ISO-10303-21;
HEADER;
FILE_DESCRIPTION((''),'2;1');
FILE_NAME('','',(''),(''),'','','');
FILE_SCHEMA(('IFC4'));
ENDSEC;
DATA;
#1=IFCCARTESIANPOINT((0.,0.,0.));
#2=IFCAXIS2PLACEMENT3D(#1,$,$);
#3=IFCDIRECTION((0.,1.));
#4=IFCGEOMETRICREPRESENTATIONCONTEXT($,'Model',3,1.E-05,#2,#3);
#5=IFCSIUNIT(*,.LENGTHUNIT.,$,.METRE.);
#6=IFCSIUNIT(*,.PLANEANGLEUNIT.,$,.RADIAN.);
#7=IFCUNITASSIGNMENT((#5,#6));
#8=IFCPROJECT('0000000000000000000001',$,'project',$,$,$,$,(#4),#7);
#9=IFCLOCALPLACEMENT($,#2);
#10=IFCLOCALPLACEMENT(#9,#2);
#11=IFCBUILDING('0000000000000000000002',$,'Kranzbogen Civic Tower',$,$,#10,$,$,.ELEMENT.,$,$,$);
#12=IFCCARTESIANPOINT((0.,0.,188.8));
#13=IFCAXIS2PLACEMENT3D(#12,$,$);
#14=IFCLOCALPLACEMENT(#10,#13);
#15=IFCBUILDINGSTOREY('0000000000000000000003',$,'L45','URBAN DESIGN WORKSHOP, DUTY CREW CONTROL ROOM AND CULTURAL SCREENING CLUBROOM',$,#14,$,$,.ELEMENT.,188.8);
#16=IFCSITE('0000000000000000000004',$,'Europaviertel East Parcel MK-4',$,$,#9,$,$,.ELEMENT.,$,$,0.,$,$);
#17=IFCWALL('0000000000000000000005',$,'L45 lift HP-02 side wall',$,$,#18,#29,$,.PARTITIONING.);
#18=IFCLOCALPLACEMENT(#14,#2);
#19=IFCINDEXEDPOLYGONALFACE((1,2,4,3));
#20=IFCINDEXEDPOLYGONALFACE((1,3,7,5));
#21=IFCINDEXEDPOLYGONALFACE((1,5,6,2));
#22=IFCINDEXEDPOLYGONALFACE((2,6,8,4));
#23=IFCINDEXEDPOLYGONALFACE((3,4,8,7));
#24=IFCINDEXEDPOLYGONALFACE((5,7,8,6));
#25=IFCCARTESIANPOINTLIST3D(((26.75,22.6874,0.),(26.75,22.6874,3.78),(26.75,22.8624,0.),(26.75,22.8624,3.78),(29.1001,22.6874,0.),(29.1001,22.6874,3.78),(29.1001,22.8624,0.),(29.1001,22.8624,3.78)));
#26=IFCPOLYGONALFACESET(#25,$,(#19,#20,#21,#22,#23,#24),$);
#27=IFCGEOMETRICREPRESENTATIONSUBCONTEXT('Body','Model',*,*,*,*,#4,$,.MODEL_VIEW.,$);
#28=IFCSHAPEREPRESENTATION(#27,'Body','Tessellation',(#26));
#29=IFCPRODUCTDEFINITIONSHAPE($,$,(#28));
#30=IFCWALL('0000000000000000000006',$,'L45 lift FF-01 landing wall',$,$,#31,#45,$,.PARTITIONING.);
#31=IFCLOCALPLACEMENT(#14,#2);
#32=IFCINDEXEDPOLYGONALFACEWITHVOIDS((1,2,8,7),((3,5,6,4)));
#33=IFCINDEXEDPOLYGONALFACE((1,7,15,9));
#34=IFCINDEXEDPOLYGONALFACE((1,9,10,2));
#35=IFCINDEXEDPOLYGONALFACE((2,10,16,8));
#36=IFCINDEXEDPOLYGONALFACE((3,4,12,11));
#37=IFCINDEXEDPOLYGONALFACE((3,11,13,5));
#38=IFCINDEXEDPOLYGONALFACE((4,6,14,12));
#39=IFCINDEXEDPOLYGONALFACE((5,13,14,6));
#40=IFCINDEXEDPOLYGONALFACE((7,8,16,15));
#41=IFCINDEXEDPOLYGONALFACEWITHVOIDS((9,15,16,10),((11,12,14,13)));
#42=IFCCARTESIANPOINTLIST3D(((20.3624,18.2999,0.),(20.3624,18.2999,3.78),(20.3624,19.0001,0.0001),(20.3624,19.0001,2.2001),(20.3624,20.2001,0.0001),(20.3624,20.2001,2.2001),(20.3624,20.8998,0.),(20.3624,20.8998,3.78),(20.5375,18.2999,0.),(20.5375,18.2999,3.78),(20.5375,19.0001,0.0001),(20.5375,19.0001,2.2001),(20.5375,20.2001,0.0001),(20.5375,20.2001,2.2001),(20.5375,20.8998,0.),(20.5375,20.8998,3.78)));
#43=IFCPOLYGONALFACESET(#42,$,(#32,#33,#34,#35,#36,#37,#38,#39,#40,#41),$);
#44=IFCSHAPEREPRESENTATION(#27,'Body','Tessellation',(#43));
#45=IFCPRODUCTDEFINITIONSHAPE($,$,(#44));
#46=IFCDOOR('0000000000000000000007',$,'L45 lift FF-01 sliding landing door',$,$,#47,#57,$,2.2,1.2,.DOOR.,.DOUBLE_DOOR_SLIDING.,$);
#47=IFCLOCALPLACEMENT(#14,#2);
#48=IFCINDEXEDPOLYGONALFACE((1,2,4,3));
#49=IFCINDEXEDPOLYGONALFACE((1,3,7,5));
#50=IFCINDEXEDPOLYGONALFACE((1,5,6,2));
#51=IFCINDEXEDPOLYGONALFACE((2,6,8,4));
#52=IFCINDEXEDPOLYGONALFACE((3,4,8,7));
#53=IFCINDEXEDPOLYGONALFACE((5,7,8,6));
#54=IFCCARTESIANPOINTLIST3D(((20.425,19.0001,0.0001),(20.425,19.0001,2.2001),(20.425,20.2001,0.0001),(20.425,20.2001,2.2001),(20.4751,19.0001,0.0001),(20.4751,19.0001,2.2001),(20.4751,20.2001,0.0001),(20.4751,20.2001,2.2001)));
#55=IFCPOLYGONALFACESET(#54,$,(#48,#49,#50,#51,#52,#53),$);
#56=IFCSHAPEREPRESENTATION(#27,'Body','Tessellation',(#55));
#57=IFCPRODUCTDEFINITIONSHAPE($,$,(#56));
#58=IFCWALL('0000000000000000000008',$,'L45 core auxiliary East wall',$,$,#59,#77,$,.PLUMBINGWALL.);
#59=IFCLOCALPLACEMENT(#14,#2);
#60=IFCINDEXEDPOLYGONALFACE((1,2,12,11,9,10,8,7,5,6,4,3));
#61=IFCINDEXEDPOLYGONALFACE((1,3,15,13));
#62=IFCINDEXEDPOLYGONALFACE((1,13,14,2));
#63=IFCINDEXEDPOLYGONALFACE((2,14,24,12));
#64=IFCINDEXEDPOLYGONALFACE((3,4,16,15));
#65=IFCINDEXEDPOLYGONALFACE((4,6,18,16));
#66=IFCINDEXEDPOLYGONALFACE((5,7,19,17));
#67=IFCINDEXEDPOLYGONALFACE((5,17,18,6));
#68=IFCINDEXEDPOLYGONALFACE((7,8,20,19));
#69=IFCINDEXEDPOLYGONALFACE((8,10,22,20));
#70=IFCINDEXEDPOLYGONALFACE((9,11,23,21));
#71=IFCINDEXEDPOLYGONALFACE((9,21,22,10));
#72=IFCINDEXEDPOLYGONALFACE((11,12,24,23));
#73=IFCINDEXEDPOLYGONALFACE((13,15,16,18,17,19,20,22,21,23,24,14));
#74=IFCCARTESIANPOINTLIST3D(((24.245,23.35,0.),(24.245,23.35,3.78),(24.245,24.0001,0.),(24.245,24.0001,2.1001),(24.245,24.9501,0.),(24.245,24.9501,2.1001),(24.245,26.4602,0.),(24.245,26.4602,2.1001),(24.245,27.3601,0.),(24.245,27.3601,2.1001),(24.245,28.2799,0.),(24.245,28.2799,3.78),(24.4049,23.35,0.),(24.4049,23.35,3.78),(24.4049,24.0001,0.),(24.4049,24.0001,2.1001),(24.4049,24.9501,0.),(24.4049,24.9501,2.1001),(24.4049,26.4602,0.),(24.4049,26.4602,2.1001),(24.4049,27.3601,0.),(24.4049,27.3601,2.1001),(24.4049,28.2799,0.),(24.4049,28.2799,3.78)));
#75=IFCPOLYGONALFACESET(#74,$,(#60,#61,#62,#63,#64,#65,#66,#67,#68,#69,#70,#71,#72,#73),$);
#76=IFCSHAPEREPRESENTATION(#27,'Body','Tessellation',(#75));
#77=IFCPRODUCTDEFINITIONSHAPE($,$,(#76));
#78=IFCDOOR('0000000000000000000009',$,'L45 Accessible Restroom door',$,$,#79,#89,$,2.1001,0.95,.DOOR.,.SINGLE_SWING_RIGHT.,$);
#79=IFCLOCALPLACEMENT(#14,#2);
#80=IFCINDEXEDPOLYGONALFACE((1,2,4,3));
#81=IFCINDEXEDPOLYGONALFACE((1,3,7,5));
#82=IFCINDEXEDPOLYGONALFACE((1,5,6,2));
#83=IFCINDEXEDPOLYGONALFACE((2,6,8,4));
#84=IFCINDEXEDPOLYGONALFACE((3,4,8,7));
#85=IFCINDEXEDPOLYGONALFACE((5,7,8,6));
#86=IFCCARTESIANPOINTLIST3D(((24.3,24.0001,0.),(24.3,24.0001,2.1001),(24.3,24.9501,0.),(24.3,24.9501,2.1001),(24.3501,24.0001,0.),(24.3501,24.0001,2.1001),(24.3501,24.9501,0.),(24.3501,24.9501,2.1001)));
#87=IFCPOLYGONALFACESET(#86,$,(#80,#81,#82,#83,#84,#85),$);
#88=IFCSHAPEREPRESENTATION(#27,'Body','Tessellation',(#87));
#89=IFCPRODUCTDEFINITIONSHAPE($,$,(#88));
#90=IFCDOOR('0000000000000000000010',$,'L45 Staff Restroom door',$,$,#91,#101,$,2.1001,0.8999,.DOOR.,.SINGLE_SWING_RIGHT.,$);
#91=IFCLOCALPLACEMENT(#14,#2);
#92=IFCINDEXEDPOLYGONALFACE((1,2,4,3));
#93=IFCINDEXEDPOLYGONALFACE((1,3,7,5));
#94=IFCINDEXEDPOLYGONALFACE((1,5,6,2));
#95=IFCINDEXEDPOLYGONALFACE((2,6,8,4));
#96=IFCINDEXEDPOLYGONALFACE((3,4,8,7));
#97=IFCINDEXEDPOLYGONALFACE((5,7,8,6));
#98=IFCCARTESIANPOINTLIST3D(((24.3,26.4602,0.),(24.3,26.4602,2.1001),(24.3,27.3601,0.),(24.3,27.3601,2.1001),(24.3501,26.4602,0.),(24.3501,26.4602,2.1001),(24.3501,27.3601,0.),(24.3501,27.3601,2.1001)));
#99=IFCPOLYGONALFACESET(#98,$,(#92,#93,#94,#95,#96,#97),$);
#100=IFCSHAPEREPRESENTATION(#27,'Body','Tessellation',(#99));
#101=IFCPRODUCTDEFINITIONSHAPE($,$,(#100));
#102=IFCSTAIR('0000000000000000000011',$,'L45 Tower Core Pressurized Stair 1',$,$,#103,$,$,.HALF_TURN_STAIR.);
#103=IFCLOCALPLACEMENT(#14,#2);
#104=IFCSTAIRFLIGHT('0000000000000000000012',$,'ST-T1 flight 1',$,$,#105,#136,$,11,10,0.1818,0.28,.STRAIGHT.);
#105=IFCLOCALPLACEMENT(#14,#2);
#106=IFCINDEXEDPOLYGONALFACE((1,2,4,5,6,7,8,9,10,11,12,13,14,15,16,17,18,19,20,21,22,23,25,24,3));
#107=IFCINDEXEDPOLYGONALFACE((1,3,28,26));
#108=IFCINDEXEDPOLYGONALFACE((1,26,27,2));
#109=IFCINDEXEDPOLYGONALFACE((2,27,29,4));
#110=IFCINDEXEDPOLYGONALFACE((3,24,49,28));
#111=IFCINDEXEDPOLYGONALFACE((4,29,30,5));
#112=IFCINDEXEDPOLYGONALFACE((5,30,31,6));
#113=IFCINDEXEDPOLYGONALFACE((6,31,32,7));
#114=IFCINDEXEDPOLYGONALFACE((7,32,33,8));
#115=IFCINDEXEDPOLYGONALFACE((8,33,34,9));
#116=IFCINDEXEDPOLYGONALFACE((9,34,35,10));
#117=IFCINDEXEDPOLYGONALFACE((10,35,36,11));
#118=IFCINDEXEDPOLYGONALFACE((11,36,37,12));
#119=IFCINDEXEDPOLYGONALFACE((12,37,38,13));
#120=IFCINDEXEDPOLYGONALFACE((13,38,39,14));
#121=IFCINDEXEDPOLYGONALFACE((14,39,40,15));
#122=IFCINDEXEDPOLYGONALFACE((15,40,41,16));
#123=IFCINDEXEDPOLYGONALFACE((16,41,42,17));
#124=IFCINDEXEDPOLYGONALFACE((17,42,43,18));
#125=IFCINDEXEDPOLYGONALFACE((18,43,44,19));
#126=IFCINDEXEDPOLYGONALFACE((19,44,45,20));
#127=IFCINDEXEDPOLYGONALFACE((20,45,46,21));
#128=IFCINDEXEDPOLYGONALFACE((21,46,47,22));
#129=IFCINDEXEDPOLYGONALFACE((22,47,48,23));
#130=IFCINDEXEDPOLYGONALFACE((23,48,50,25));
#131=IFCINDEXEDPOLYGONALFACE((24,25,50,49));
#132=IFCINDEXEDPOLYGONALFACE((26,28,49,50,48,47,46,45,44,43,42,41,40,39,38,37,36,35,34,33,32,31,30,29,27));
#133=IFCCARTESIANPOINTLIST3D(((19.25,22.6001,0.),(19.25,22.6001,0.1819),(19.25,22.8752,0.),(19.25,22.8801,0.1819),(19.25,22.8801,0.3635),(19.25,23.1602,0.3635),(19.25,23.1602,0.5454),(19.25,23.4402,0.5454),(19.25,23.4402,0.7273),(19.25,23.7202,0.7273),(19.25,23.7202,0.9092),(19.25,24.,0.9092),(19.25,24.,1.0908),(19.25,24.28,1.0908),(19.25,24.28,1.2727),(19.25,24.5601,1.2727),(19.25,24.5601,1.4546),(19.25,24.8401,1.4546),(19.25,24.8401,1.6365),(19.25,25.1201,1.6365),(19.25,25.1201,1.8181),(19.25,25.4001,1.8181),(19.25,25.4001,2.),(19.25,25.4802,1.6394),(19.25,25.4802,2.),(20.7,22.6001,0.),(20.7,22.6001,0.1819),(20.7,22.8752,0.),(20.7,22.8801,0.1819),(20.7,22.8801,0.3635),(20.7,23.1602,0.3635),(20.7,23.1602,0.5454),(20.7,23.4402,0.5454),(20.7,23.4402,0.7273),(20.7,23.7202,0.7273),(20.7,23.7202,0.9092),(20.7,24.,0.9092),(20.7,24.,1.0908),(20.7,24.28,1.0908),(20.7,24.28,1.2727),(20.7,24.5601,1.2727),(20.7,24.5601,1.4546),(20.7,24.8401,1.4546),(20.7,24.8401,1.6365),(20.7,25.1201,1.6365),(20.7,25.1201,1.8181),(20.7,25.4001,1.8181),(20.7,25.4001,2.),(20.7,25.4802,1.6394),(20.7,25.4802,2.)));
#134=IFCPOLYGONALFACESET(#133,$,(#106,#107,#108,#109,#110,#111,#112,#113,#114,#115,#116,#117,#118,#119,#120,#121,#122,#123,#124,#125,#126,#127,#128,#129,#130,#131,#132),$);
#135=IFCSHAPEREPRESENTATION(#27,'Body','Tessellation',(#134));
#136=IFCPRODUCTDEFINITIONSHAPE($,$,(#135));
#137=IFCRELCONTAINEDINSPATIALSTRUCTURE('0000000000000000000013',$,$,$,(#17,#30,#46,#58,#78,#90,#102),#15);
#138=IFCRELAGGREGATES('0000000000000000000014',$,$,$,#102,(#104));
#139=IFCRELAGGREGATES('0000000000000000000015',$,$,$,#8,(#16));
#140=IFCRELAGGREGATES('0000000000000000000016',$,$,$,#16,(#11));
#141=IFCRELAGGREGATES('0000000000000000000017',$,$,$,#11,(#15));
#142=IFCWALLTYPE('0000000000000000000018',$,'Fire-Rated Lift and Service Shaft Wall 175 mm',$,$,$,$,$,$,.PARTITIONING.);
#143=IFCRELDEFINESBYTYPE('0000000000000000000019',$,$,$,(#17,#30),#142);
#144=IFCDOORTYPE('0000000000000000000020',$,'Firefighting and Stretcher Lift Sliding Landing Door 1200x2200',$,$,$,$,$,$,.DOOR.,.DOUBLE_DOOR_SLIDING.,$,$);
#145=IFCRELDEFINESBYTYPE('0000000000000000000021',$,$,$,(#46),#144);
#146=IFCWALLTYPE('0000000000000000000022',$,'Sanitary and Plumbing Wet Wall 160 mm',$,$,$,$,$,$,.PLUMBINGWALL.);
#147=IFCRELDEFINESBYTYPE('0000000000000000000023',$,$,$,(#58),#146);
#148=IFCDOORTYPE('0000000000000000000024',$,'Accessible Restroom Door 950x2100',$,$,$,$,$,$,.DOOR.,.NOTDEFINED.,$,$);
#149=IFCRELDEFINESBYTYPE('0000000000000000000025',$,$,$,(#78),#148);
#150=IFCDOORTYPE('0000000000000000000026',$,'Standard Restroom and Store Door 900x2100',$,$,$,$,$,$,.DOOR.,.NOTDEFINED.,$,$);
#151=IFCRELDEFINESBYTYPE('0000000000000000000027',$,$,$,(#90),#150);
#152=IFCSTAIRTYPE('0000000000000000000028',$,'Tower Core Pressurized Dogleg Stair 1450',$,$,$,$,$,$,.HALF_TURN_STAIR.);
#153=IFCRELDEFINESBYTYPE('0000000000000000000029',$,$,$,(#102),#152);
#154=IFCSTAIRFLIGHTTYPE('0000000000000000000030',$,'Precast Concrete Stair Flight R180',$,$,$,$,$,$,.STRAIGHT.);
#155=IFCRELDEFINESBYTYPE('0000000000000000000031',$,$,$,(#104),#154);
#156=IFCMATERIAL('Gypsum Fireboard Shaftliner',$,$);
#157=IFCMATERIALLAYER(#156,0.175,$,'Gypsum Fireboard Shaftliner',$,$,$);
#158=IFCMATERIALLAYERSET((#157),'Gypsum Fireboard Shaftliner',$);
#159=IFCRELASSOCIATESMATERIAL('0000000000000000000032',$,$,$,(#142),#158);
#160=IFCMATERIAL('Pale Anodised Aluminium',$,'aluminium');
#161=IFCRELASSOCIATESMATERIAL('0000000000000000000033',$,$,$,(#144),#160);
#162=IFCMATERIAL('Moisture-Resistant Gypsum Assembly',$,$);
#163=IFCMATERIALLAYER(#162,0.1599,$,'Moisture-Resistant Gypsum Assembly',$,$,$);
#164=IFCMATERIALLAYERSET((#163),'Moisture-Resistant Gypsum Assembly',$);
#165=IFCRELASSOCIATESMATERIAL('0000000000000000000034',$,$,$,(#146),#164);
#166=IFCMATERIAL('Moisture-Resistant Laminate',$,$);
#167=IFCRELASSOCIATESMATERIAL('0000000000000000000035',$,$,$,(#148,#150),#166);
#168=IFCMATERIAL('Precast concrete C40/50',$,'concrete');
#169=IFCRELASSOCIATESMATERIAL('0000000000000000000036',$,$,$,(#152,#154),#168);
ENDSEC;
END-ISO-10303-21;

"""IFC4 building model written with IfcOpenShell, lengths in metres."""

from ifc_helpers import new_model, si_unit, direction, frame, frame_2d, origin, place, context, subcontext, project, spatial, polyline, rectangle, outline, extrude, material, layer, layer_set, type_object, element, fill, aggregate, save


model = new_model("IFC4")

# Units and contexts
model_context = context("Model", 3, precision=1e-05, world=origin(), true_north=direction((0.0, 1.0)))
body_context = subcontext(model_context, "Body", "Model", "MODEL_VIEW")
ifc_project = project(units=[si_unit("LENGTHUNIT", "METRE"), si_unit("PLANEANGLEUNIT", "RADIAN")], contexts=[model_context])

# Site, building, storey
site_placement = place(None, origin())
site = spatial("IfcSite", under=ifc_project, at=site_placement, Name="Europaviertel East Parcel MK-4", CompositionType="ELEMENT", RefElevation=0.0)
building_placement = place(site_placement, origin())
building = spatial("IfcBuilding", under=site, at=building_placement, Name="Kranzbogen Civic Tower", CompositionType="ELEMENT")
storey_placement = place(building_placement, frame((0.0, 0.0, 188.8)))
storey = spatial("IfcBuildingStorey", under=building, at=storey_placement, Name="L45", Description="URBAN DESIGN WORKSHOP, DUTY CREW CONTROL ROOM AND CULTURAL SCREENING CLUBROOM", CompositionType="ELEMENT", Elevation=188.8)

# Shared definitions
ifc_material_1 = material(Name="Gypsum Fireboard Shaftliner")
ifc_layer_1 = layer(ifc_material_1, 0.175, Name="Gypsum Fireboard Shaftliner")
ifc_layer_set_1 = layer_set([ifc_layer_1], Name="Gypsum Fireboard Shaftliner")
wall_type_1 = type_object("IfcWallType", Name="Fire-Rated Lift and Service Shaft Wall 175 mm", PredefinedType="PARTITIONING", material=ifc_layer_set_1)
ifc_material_2 = material(Name="Pale Anodised Aluminium", Category="aluminium")

# Wall
wall_1_placement = place(storey_placement, frame((26.75, 22.7749, 0.0), z_axis=(0.0, 0.0, 1.0), x_axis=(1.0, 0.0, 0.0)))
element("IfcWall", 1, at=wall_1_placement, inside=storey, type_object=wall_type_1, Name="L45 lift HP-02 side wall", PredefinedType="PARTITIONING", context=body_context, shape_type="SweptSolid", body=[
    extrude(rectangle(XDim=2.3501, YDim=0.175, at=frame_2d((1.175, 0.0))), origin(), (0.0, 0.0, 1.0), 3.78),
])

# Wall, opening, door
wall_2_placement = place(storey_placement, frame((20.45, 18.3, 0.0), z_axis=(0.0, 0.0, 1.0), x_axis=(0.0, 1.0, 0.0)))
wall_2 = element("IfcWall", 2, at=wall_2_placement, inside=storey, type_object=wall_type_1, Name="L45 lift FF-01 landing wall", PredefinedType="PARTITIONING", context=body_context, shape_type="SweptSolid", body=[
    extrude(rectangle(XDim=2.5999, YDim=0.175, at=frame_2d((1.2998, 0.0))), origin(), (0.0, 0.0, 1.0), 3.78),
])
opening_1_placement = place(wall_2_placement, frame((0.7, 0.0, 0.0)))
opening_1 = element("IfcOpeningElement", 3, at=opening_1_placement, cuts=wall_2, PredefinedType="OPENING", context=body_context, shape_type="SweptSolid", body=[
    extrude(rectangle(XDim=1.2, YDim=2.2, at=frame_2d((0.6001, 1.1001))), frame((0.0, 0.0977, 0.0), z_axis=(0.0, -1.0, 0.0), x_axis=(1.0, 0.0, 0.0)), (0.0, 0.0, 1.0), 0.1951),
])
door_type_1 = type_object("IfcDoorType", Name="Firefighting and Stretcher Lift Sliding Landing Door 1200x2200", OperationType="DOUBLE_DOOR_SLIDING", PredefinedType="DOOR", material=ifc_material_2)
door_1_placement = place(opening_1_placement, origin())
door_1 = element("IfcDoor", 4, at=door_1_placement, inside=storey, type_object=door_type_1, Name="L45 lift FF-01 sliding landing door", OperationType="DOUBLE_DOOR_SLIDING", OverallHeight=2.2, OverallWidth=1.2, PredefinedType="DOOR", context=body_context, shape_type="SweptSolid", body=[
    extrude(rectangle(XDim=1.2, YDim=2.2, at=frame_2d((0.6001, 1.1001))), frame((0.0, 0.0249, 0.0), z_axis=(0.0, -1.0, 0.0), x_axis=(1.0, 0.0, 0.0)), (0.0, 0.0, 1.0), 0.05),
])
fill(opening_1, door_1)

# Wall, openings, doors
ifc_material_3 = material(Name="Moisture-Resistant Gypsum Assembly")
ifc_layer_2 = layer(ifc_material_3, 0.1599, Name="Moisture-Resistant Gypsum Assembly")
ifc_layer_set_2 = layer_set([ifc_layer_2], Name="Moisture-Resistant Gypsum Assembly")
wall_type_2 = type_object("IfcWallType", Name="Sanitary and Plumbing Wet Wall 160 mm", PredefinedType="PLUMBINGWALL", material=ifc_layer_set_2)
wall_3_placement = place(storey_placement, frame((24.325, 23.3501, 0.0), z_axis=(0.0, 0.0, 1.0), x_axis=(0.0, 1.0, 0.0)))
wall_3 = element("IfcWall", 5, at=wall_3_placement, inside=storey, type_object=wall_type_2, Name="L45 core auxiliary East wall", PredefinedType="PLUMBINGWALL", context=body_context, shape_type="SweptSolid", body=[
    extrude(rectangle(XDim=4.9299, YDim=0.1599, at=frame_2d((2.4648, 0.0))), origin(), (0.0, 0.0, 1.0), 3.78),
])
opening_2_placement = place(wall_3_placement, frame((0.6499, 0.0, 0.0)))
opening_2 = element("IfcOpeningElement", 6, at=opening_2_placement, cuts=wall_3, PredefinedType="OPENING", context=body_context, shape_type="SweptSolid", body=[
    extrude(rectangle(XDim=0.95, YDim=2.1001, at=frame_2d((0.4751, 1.05))), frame((0.0, 0.0898, 0.0), z_axis=(0.0, -1.0, 0.0), x_axis=(1.0, 0.0, 0.0)), (0.0, 0.0, 1.0), 0.1799),
])
opening_3_placement = place(wall_3_placement, frame((3.1101, 0.0, 0.0)))
opening_3 = element("IfcOpeningElement", 7, at=opening_3_placement, cuts=wall_3, PredefinedType="OPENING", context=body_context, shape_type="SweptSolid", body=[
    extrude(rectangle(XDim=0.8999, YDim=2.1001, at=frame_2d((0.45, 1.05))), frame((0.0, 0.0898, 0.0), z_axis=(0.0, -1.0, 0.0), x_axis=(1.0, 0.0, 0.0)), (0.0, 0.0, 1.0), 0.1799),
])
ifc_material_4 = material(Name="Moisture-Resistant Laminate")
door_type_2 = type_object("IfcDoorType", Name="Accessible Restroom Door 950x2100", OperationType="NOTDEFINED", PredefinedType="DOOR", material=ifc_material_4)
door_2_placement = place(opening_2_placement, origin())
door_2 = element("IfcDoor", 8, at=door_2_placement, inside=storey, type_object=door_type_2, Name="L45 Accessible Restroom door", OperationType="SINGLE_SWING_RIGHT", OverallHeight=2.1001, OverallWidth=0.95, PredefinedType="DOOR", context=body_context, shape_type="SweptSolid", body=[
    extrude(rectangle(XDim=0.95, YDim=2.1001, at=frame_2d((0.4751, 1.05))), frame((0.0, 0.0249, 0.0), z_axis=(0.0, -1.0, 0.0), x_axis=(1.0, 0.0, 0.0)), (0.0, 0.0, 1.0), 0.05),
])
fill(opening_2, door_2)
door_type_3 = type_object("IfcDoorType", Name="Standard Restroom and Store Door 900x2100", OperationType="NOTDEFINED", PredefinedType="DOOR", material=ifc_material_4)
door_3_placement = place(opening_3_placement, origin())
door_3 = element("IfcDoor", 9, at=door_3_placement, inside=storey, type_object=door_type_3, Name="L45 Staff Restroom door", OperationType="SINGLE_SWING_RIGHT", OverallHeight=2.1001, OverallWidth=0.8999, PredefinedType="DOOR", context=body_context, shape_type="SweptSolid", body=[
    extrude(rectangle(XDim=0.8999, YDim=2.1001, at=frame_2d((0.45, 1.05))), frame((0.0, 0.0249, 0.0), z_axis=(0.0, -1.0, 0.0), x_axis=(1.0, 0.0, 0.0)), (0.0, 0.0, 1.0), 0.05),
])
fill(opening_3, door_3)

# Stair, stair flight
ifc_material_5 = material(Name="Precast concrete C40/50", Category="concrete")
stair_type = type_object("IfcStairType", Name="Tower Core Pressurized Dogleg Stair 1450", PredefinedType="HALF_TURN_STAIR", material=ifc_material_5)
stair_placement = place(storey_placement, origin())
stair = element("IfcStair", 10, at=stair_placement, inside=storey, type_object=stair_type, Name="L45 Tower Core Pressurized Stair 1", PredefinedType="HALF_TURN_STAIR")
stair_flight_type = type_object("IfcStairFlightType", Name="Precast Concrete Stair Flight R180", PredefinedType="STRAIGHT", material=ifc_material_5)
stair_flight_placement = place(storey_placement, frame((19.9751, 22.6001, 0.0), z_axis=(0.0, 0.0, 1.0), x_axis=(0.0, 1.0, 0.0)))
stair_flight = element("IfcStairFlight", 11, at=stair_flight_placement, type_object=stair_flight_type, Name="ST-T1 flight 1", NumberOfRisers=11, NumberOfTreads=10, PredefinedType="STRAIGHT", RiserHeight=0.1818, TreadLength=0.28, context=body_context, shape_type="SweptSolid", body=[
    extrude(outline(polyline([(0.0, 0.0), (0.0, 0.1819), (0.28, 0.1819), (0.28, 0.3635), (0.5601, 0.3635), (0.5601, 0.5454), (0.8401, 0.5454), (0.8401, 0.7273), (1.1201, 0.7273), (1.1201, 0.9092), (1.3999, 0.9092), (1.3999, 1.0908), (1.6799, 1.0908), (1.6799, 1.2727), (1.96, 1.2727), (1.96, 1.4546), (2.24, 1.4546), (2.24, 1.6365), (2.52, 1.6365), (2.52, 1.8181), (2.8, 1.8181), (2.8, 2.0), (2.8801, 2.0), (2.8801, 1.6394), (0.2751, 0.0), (0.0, 0.0)])), frame((0.0, 0.7251, 0.0), z_axis=(0.0, -1.0, 0.0), x_axis=(1.0, 0.0, 0.0)), (0.0, 0.0, 1.0), 1.45),
])
aggregate(stair, [stair_flight])

save(model, "model.ifc")
